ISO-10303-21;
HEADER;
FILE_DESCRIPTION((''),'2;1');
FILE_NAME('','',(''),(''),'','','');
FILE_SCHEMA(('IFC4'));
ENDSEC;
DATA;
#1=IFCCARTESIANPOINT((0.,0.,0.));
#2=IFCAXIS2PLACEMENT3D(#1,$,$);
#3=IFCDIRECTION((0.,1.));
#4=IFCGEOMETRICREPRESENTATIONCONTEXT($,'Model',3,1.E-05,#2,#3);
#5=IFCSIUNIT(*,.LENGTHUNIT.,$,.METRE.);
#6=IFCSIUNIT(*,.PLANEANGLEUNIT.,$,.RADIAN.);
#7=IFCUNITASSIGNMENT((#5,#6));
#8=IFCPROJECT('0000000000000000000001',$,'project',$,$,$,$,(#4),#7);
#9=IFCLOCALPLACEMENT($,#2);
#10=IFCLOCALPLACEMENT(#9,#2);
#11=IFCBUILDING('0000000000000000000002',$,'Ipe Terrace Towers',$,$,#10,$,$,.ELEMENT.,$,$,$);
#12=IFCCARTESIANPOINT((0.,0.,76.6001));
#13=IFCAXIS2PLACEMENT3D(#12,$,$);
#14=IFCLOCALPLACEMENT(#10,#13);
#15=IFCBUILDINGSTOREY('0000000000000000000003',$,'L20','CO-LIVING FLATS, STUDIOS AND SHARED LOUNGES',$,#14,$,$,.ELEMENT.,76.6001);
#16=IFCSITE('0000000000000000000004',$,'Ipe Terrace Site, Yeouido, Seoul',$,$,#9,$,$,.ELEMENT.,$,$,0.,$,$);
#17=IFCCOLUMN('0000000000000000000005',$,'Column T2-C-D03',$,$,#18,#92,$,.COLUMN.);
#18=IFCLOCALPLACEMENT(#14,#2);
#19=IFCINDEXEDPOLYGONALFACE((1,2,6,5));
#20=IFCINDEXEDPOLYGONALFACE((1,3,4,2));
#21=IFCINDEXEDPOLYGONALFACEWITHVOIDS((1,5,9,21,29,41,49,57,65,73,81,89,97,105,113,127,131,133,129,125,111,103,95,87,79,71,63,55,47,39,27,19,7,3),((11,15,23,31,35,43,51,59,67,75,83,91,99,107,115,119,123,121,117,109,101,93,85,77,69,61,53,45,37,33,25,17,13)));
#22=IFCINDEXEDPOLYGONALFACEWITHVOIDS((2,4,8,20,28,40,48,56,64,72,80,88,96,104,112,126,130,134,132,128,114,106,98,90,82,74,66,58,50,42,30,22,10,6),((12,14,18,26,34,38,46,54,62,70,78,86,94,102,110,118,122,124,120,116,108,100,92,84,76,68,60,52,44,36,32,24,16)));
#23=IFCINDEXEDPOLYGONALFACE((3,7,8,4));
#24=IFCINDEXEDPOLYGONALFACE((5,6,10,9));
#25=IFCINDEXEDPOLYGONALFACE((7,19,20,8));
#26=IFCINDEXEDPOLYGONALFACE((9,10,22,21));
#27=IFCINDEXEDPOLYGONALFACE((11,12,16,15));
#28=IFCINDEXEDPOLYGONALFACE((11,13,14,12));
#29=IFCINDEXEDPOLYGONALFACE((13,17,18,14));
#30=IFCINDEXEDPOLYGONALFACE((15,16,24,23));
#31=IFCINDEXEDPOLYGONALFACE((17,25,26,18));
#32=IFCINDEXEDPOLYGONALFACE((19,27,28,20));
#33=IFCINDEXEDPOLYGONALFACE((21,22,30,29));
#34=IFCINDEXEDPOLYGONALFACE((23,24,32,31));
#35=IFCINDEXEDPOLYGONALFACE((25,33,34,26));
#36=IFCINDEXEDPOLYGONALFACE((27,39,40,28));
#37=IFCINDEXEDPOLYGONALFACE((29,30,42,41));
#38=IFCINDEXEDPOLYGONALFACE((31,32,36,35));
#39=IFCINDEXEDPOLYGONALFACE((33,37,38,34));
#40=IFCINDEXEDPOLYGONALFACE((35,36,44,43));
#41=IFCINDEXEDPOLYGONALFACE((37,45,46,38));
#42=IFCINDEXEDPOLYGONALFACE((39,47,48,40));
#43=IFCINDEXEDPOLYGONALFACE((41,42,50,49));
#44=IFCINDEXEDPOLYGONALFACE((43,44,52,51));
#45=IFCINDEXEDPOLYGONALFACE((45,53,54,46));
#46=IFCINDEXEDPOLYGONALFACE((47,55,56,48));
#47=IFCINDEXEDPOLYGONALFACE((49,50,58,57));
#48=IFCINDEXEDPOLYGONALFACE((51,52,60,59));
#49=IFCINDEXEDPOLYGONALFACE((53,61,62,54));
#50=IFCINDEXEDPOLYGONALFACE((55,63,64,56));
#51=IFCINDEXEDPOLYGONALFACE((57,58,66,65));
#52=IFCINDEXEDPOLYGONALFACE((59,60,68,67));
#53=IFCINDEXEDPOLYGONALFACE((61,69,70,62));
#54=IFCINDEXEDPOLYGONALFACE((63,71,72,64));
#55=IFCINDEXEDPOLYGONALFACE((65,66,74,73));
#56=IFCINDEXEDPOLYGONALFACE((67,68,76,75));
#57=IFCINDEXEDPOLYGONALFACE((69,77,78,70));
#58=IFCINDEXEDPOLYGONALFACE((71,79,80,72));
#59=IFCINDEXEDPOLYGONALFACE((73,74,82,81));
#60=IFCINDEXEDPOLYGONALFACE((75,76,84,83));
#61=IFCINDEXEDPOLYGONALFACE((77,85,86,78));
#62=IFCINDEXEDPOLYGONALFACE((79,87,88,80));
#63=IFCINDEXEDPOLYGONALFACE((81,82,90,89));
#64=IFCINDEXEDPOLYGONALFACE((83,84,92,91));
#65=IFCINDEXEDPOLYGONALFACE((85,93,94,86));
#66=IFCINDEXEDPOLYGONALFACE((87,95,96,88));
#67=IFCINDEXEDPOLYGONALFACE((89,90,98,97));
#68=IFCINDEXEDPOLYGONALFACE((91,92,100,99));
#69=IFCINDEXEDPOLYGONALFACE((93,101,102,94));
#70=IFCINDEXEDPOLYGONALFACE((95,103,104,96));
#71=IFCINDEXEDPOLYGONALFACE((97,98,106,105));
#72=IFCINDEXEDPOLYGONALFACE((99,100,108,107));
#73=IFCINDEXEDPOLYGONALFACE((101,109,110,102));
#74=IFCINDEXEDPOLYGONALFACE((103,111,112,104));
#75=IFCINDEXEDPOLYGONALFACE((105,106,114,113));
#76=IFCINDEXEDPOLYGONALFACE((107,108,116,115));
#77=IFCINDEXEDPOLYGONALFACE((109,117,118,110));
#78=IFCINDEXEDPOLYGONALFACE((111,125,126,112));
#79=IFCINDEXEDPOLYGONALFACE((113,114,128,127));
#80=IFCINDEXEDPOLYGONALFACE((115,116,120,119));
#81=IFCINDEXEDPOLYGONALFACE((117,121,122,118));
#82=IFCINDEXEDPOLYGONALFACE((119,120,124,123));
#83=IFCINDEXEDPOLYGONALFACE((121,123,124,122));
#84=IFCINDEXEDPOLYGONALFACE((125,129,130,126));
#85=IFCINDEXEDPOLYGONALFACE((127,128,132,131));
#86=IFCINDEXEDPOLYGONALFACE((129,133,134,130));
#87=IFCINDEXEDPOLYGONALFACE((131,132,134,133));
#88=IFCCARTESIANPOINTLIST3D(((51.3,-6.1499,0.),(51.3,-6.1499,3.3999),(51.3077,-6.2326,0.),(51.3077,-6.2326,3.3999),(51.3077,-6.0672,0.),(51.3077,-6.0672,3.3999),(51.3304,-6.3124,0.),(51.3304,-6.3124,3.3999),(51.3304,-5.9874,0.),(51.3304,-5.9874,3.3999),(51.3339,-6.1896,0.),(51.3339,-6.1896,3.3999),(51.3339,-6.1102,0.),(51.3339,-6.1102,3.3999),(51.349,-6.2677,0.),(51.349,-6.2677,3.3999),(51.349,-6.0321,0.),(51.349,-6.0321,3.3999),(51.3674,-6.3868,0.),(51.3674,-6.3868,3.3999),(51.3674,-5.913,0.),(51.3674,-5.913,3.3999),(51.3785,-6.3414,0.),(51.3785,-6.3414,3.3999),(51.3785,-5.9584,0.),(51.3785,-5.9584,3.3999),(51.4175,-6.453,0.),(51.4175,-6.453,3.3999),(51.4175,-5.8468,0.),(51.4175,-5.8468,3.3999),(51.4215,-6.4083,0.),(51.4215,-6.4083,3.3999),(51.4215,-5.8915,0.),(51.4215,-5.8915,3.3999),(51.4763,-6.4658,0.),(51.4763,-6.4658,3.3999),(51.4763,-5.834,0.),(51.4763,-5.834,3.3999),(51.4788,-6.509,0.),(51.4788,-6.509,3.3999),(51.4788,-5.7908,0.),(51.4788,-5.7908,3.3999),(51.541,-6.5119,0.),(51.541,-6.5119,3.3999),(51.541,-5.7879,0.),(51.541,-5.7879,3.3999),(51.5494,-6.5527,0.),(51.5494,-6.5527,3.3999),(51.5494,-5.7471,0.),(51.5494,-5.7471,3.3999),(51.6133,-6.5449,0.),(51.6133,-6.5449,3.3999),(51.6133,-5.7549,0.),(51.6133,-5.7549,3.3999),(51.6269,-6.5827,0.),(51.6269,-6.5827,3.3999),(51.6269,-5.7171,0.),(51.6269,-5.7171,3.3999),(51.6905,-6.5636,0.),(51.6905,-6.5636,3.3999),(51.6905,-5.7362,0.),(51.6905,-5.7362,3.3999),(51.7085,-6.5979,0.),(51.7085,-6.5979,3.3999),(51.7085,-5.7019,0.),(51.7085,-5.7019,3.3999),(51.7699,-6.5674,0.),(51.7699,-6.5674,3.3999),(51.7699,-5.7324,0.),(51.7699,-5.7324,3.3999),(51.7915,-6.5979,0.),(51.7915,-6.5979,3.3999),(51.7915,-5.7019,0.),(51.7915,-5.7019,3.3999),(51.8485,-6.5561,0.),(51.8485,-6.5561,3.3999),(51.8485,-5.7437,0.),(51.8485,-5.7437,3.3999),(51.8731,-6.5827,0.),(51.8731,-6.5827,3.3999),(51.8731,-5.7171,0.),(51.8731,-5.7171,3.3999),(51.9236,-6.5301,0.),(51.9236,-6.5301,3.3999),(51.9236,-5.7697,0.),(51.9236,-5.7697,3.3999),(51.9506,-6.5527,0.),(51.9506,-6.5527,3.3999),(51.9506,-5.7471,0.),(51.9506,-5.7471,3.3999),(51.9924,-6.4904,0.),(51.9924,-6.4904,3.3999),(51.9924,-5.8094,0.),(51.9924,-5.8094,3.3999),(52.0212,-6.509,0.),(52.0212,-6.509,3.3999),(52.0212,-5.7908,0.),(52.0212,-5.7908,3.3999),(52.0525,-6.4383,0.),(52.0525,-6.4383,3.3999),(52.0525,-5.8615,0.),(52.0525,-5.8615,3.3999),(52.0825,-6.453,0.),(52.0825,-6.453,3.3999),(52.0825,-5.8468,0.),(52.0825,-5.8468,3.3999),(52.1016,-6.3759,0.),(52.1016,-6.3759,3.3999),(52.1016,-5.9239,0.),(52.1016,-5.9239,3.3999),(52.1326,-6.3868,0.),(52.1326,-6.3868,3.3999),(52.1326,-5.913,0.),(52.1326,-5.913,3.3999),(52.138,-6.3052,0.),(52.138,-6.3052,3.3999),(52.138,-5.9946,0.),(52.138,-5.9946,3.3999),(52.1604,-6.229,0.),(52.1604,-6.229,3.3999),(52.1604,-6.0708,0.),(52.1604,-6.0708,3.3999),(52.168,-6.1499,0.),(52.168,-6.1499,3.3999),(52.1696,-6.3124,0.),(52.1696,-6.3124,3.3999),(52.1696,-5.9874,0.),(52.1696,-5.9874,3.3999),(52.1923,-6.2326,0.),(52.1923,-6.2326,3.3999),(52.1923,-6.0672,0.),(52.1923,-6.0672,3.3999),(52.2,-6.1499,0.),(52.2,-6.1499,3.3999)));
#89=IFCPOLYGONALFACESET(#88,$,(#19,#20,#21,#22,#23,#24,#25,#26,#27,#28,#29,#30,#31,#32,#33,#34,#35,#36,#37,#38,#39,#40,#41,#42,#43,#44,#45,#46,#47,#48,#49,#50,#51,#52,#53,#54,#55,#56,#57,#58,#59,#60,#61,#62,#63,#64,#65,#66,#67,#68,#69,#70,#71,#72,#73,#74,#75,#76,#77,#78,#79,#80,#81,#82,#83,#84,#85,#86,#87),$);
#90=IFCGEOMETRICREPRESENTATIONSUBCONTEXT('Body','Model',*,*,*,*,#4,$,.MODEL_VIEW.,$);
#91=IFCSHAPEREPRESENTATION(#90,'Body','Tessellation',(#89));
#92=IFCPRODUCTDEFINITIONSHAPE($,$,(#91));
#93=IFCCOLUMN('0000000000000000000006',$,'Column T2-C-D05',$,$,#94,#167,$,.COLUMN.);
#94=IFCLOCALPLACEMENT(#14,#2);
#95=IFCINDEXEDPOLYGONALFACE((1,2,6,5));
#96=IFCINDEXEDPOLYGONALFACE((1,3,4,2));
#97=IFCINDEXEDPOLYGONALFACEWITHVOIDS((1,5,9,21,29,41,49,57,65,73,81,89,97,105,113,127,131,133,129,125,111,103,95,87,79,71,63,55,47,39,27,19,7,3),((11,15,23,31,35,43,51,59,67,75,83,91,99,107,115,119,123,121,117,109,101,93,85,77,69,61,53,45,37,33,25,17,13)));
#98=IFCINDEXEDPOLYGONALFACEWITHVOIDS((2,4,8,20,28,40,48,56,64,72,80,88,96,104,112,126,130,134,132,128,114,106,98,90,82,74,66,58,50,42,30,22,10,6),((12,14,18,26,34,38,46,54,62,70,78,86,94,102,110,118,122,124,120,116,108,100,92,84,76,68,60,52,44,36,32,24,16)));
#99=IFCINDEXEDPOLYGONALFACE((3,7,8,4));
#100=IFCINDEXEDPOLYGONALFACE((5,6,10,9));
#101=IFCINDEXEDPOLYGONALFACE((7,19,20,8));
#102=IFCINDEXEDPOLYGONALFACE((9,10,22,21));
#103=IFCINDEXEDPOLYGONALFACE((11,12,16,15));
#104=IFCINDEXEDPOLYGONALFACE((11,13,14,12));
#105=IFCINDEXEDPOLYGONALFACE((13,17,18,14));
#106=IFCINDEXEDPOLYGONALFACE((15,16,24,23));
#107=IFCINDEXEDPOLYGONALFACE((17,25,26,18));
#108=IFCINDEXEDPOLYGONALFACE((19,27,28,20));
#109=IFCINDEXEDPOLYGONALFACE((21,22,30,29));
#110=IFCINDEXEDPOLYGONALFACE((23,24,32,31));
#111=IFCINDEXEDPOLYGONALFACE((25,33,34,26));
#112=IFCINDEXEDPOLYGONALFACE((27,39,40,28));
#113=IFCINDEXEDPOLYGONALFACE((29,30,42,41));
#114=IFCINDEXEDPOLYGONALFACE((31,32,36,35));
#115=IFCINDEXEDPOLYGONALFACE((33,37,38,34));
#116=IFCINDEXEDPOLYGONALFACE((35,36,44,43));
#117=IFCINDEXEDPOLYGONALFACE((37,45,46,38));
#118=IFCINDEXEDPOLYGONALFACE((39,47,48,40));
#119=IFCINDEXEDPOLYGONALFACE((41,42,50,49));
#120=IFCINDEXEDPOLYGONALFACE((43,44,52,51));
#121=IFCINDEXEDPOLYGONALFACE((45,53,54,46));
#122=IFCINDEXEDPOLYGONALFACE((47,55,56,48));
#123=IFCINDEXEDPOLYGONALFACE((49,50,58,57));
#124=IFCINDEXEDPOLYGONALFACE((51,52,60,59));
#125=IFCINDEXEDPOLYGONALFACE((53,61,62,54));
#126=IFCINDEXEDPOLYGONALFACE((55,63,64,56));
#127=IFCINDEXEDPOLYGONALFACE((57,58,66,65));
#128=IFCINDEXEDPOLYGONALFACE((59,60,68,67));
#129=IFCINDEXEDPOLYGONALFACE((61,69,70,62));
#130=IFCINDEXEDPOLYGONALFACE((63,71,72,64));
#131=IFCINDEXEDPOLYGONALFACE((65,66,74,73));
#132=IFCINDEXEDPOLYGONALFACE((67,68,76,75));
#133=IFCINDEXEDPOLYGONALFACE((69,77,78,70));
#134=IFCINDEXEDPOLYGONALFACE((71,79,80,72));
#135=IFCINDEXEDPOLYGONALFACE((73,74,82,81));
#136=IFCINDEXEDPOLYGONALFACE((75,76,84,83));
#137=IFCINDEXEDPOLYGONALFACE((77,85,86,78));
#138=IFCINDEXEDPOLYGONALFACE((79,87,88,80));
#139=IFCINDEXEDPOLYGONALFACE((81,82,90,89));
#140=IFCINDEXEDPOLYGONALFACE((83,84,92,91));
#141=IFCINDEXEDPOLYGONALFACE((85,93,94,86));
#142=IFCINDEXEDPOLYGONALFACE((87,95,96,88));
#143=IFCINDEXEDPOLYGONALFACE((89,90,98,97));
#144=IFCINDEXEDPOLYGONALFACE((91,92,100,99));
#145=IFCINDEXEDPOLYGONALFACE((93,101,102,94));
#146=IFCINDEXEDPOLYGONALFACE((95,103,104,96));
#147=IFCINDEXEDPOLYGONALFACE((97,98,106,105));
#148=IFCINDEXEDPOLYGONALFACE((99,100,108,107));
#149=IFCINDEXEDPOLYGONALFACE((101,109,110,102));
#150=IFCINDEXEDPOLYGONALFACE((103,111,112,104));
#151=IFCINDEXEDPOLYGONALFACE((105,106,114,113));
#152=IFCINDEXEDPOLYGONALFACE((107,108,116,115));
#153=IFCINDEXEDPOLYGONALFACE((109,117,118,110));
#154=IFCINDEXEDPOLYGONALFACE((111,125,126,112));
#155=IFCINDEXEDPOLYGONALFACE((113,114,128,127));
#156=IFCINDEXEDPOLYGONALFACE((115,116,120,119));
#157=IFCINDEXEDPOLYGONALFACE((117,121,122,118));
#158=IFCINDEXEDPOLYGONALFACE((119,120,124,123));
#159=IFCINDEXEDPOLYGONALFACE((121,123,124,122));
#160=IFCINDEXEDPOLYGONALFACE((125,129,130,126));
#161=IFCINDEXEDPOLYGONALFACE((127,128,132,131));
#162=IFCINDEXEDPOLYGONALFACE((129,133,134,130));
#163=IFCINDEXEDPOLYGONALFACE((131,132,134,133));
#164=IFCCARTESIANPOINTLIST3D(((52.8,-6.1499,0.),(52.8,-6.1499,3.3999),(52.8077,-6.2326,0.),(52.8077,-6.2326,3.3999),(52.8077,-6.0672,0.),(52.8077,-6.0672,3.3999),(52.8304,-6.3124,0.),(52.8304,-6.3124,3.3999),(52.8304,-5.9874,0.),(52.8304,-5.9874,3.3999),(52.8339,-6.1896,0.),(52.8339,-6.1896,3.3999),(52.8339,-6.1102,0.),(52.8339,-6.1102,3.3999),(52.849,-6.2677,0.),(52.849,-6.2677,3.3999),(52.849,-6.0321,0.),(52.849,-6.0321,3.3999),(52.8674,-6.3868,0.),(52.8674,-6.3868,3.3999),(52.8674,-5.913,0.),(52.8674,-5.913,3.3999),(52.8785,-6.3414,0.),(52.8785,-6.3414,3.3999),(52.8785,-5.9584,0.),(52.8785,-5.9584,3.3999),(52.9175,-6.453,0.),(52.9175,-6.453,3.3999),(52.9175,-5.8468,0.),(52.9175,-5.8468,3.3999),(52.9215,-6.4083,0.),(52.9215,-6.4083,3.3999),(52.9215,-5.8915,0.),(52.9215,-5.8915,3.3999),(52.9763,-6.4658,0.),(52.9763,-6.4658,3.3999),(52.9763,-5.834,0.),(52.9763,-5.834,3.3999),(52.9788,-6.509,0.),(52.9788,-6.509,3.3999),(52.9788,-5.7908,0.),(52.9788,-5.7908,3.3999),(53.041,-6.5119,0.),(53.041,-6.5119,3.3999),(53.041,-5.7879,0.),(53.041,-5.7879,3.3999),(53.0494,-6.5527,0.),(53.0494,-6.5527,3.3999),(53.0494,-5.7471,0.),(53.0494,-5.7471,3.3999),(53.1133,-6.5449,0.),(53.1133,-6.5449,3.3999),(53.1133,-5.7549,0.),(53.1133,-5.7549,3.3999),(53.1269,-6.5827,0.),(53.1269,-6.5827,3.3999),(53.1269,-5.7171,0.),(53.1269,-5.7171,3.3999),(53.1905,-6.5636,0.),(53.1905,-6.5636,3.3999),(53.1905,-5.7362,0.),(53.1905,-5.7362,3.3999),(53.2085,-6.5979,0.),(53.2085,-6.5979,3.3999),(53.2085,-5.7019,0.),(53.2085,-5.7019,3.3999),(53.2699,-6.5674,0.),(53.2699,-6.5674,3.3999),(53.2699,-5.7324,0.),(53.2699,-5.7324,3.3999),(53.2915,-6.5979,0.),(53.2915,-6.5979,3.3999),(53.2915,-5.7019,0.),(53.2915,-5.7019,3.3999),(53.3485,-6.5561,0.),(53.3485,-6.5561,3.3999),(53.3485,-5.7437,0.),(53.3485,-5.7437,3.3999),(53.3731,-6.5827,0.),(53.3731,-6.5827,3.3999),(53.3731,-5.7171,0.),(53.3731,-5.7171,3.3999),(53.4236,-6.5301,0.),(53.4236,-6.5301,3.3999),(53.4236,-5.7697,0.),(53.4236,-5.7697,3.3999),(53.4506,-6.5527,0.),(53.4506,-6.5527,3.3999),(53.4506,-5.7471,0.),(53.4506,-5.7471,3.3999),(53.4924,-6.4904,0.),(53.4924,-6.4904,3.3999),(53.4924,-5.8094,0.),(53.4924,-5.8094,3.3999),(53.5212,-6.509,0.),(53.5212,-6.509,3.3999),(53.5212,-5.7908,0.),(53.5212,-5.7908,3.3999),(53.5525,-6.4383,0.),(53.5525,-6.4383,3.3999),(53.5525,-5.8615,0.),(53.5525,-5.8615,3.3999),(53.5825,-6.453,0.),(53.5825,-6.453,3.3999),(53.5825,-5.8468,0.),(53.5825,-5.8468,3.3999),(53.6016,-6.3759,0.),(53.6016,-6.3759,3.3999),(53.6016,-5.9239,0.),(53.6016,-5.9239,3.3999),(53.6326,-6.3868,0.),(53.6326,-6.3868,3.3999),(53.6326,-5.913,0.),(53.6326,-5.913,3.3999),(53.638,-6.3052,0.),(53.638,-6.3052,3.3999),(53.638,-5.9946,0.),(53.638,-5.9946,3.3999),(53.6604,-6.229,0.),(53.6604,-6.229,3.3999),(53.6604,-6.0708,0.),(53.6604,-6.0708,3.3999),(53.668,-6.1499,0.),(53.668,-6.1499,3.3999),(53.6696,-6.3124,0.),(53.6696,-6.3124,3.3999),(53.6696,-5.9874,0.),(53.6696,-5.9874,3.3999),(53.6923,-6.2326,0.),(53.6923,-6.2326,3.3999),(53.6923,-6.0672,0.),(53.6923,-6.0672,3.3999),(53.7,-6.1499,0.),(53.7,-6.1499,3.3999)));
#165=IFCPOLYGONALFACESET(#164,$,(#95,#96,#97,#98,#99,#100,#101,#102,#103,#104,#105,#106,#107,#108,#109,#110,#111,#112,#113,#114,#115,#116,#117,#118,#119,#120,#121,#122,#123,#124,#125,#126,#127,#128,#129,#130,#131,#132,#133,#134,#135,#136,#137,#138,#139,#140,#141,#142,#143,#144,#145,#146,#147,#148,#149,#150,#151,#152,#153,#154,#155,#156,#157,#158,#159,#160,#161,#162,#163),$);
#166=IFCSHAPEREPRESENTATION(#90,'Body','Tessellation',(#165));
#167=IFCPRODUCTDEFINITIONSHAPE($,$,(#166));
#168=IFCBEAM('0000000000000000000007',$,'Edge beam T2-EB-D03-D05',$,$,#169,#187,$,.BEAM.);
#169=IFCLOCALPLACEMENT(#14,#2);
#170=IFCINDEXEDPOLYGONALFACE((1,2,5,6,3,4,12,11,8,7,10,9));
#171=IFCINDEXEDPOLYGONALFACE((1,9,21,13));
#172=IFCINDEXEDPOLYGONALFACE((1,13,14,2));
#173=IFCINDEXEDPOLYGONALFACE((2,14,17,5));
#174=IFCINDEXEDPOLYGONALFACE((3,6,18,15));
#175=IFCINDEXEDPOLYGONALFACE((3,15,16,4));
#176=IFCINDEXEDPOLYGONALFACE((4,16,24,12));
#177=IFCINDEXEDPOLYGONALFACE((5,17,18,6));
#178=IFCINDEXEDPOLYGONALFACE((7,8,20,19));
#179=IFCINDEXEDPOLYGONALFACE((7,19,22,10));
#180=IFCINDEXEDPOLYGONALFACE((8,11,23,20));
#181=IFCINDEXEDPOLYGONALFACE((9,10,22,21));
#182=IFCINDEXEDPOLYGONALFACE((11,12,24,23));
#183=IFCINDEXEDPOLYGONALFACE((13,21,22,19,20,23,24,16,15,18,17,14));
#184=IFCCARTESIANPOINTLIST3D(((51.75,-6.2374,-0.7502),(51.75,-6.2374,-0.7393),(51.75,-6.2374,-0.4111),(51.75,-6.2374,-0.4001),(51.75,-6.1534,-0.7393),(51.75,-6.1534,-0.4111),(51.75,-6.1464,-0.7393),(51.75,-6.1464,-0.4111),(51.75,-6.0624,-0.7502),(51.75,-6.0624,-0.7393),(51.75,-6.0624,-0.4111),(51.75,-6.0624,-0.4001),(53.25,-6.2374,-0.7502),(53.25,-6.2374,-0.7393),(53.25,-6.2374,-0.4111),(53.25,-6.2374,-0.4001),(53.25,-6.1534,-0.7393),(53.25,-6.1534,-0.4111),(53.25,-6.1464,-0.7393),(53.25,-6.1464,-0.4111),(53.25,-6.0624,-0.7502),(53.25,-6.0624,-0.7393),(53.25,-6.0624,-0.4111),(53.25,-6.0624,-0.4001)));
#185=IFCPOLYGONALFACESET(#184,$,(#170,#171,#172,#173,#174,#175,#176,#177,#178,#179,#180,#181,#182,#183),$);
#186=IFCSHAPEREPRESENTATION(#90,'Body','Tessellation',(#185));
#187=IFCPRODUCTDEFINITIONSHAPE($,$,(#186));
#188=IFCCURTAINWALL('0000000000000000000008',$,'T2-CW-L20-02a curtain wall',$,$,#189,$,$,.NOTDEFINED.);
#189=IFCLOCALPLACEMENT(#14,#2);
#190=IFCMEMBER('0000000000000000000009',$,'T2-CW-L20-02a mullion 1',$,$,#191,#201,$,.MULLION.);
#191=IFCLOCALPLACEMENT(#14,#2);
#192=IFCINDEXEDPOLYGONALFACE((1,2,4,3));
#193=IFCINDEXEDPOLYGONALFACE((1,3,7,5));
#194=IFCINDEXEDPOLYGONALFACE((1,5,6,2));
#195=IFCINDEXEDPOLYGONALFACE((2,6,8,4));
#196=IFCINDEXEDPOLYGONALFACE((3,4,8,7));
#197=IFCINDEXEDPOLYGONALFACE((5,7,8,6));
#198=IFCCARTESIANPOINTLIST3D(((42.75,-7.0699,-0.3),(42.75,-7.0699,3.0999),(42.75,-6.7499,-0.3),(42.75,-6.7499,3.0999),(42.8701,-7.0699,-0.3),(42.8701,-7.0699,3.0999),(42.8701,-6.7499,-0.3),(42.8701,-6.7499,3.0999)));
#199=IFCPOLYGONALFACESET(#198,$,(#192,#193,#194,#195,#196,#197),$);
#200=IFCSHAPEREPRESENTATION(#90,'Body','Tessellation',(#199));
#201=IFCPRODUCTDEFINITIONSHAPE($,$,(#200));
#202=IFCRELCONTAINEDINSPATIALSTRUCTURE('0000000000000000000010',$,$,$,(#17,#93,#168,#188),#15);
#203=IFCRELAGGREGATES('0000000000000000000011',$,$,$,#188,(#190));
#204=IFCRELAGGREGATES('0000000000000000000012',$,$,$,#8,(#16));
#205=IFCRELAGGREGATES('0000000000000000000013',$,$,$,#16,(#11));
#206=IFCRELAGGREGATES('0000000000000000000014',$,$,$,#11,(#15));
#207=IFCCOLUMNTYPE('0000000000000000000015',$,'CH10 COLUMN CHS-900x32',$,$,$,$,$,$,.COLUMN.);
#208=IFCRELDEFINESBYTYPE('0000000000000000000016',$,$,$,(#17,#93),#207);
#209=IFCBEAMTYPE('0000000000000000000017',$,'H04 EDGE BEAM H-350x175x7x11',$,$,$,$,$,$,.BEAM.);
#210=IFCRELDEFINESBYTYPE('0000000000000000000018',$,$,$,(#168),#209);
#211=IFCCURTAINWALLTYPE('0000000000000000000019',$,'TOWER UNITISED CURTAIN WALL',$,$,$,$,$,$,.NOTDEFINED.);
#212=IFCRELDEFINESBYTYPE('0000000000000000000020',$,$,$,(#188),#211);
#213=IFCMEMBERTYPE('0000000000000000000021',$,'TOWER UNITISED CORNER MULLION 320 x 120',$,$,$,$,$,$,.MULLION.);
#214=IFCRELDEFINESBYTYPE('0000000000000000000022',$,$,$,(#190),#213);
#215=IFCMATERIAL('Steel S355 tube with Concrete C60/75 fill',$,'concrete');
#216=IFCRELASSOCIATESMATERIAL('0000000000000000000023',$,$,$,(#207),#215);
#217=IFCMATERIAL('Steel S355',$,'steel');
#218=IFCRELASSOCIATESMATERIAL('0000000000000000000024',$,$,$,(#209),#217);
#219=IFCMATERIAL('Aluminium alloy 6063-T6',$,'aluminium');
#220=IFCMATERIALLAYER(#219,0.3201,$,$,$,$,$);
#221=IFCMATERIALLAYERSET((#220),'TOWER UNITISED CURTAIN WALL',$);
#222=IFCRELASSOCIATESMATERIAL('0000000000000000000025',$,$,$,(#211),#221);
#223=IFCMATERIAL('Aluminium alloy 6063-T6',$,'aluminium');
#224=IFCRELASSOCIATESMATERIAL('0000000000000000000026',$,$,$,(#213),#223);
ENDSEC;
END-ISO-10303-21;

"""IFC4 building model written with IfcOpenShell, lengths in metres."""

from ifc_helpers import new_model, si_unit, direction, frame, origin, origin_2d, place, context, subcontext, project, spatial, rectangle, hollow_circle, i_section, extrude, material, layer, layer_set, material_profile, profile_set, type_object, element, aggregate, save


model = new_model("IFC4")

# Units and contexts
model_context = context("Model", 3, precision=1e-05, world=origin(), true_north=direction((0.0, 1.0)))
body_context = subcontext(model_context, "Body", "Model", "MODEL_VIEW")
ifc_project = project(units=[si_unit("LENGTHUNIT", "METRE"), si_unit("PLANEANGLEUNIT", "RADIAN")], contexts=[model_context])

# Site, building, storey
site_placement = place(None, origin())
site = spatial("IfcSite", under=ifc_project, at=site_placement, Name="Ipe Terrace Site, Yeouido, Seoul", CompositionType="ELEMENT", RefElevation=0.0)
building_placement = place(site_placement, origin())
building = spatial("IfcBuilding", under=site, at=building_placement, Name="Ipe Terrace Towers", CompositionType="ELEMENT")
storey_placement = place(building_placement, frame((0.0, 0.0, 76.6001)))
storey = spatial("IfcBuildingStorey", under=building, at=storey_placement, Name="L20", Description="CO-LIVING FLATS, STUDIOS AND SHARED LOUNGES", CompositionType="ELEMENT", Elevation=76.6001)

# Columns
ifc_material_1 = material(Name="Steel S355 tube with Concrete C60/75 fill", Category="concrete")
ifc_material_profile_1 = material_profile(ifc_material_1, hollow_circle(Radius=0.45, WallThickness=0.032, at=origin_2d()), Name="CHS-900x32")
ifc_profile_set_1 = profile_set([ifc_material_profile_1], Name="Steel S355 tube with Concrete C60/75 fill")
column_type = type_object("IfcColumnType", Name="CH10 COLUMN CHS-900x32", PredefinedType="COLUMN", material=ifc_profile_set_1)
for number, where, z_axis, x_axis, name in (
    (1, (51.75, -6.1499, 0.0), (0.0, 0.0, 1.0), (1.0, 0.0, 0.0), "Column T2-C-D03"),
    (2, (53.25, -6.1499, 0.0), (0.0, 0.0, 1.0), (1.0, 0.0, 0.0), "Column T2-C-D05"),
):
    element("IfcColumn", number, at=place(storey_placement, frame(where, z_axis=z_axis, x_axis=x_axis)), inside=storey, type_object=column_type, Name=name, PredefinedType="COLUMN", context=body_context, shape_type="SweptSolid", body=[
        extrude(hollow_circle(Radius=0.45, WallThickness=0.032, at=origin_2d()), origin(), (0.0, 0.0, 1.0), 3.3999),
    ])

# Beam
ifc_material_2 = material(Name="Steel S355", Category="steel")
ifc_material_profile_2 = material_profile(ifc_material_2, i_section(OverallWidth=0.175, OverallDepth=0.3501, WebThickness=0.0071, FlangeThickness=0.011, at=origin_2d()), Name="H-350x175x7x11")
ifc_profile_set_2 = profile_set([ifc_material_profile_2], Name="Steel S355")
beam_type = type_object("IfcBeamType", Name="H04 EDGE BEAM H-350x175x7x11", PredefinedType="BEAM", material=ifc_profile_set_2)
beam_placement = place(storey_placement, frame((51.75, -6.1499, -0.5752), z_axis=(1.0, 0.0, 0.0), x_axis=(0.0, 1.0, 0.0)))
element("IfcBeam", 3, at=beam_placement, inside=storey, type_object=beam_type, Name="Edge beam T2-EB-D03-D05", PredefinedType="BEAM", context=body_context, shape_type="SweptSolid", body=[
    extrude(i_section(OverallWidth=0.175, OverallDepth=0.3501, WebThickness=0.0071, FlangeThickness=0.011, at=origin_2d()), origin(), (0.0, 0.0, 1.0), 1.5),
])

# Curtain wall, member
ifc_material_3 = material(Name="Aluminium alloy 6063-T6", Category="aluminium")
ifc_layer_1 = layer(ifc_material_3, 0.3201)
ifc_layer_set_1 = layer_set([ifc_layer_1], Name="TOWER UNITISED CURTAIN WALL")
curtain_wall_type = type_object("IfcCurtainWallType", Name="TOWER UNITISED CURTAIN WALL", PredefinedType="NOTDEFINED", material=ifc_layer_set_1)
curtain_wall_1_placement = place(storey_placement, origin())
curtain_wall_1 = element("IfcCurtainWall", 4, at=curtain_wall_1_placement, inside=storey, type_object=curtain_wall_type, Name="T2-CW-L20-02a curtain wall", PredefinedType="NOTDEFINED")
ifc_material_4 = material(Name="Aluminium alloy 6063-T6", Category="aluminium")
ifc_material_profile_3 = material_profile(ifc_material_4, rectangle(XDim=0.3201, YDim=0.1201, at=origin_2d()), Name="TOWER UNITISED CORNER MULLION 320 x 120")
ifc_profile_set_3 = profile_set([ifc_material_profile_3], Name="Aluminium alloy 6063-T6")
member_type_1 = type_object("IfcMemberType", Name="TOWER UNITISED CORNER MULLION 320 x 120", PredefinedType="MULLION", material=ifc_profile_set_3)
member_1_placement = place(storey_placement, frame((42.8101, -6.9099, -0.3), z_axis=(0.0, 0.0, 1.0), x_axis=(0.0, -1.0, 0.0)))
member_1 = element("IfcMember", 5, at=member_1_placement, type_object=member_type_1, Name="T2-CW-L20-02a mullion 1", PredefinedType="MULLION", context=body_context, shape_type="SweptSolid", body=[
    extrude(rectangle(XDim=0.3201, YDim=0.1201, at=origin_2d()), origin(), (0.0, 0.0, 1.0), 3.3999),
])

aggregate(curtain_wall_1, [member_1])

save(model, "model.ifc")
